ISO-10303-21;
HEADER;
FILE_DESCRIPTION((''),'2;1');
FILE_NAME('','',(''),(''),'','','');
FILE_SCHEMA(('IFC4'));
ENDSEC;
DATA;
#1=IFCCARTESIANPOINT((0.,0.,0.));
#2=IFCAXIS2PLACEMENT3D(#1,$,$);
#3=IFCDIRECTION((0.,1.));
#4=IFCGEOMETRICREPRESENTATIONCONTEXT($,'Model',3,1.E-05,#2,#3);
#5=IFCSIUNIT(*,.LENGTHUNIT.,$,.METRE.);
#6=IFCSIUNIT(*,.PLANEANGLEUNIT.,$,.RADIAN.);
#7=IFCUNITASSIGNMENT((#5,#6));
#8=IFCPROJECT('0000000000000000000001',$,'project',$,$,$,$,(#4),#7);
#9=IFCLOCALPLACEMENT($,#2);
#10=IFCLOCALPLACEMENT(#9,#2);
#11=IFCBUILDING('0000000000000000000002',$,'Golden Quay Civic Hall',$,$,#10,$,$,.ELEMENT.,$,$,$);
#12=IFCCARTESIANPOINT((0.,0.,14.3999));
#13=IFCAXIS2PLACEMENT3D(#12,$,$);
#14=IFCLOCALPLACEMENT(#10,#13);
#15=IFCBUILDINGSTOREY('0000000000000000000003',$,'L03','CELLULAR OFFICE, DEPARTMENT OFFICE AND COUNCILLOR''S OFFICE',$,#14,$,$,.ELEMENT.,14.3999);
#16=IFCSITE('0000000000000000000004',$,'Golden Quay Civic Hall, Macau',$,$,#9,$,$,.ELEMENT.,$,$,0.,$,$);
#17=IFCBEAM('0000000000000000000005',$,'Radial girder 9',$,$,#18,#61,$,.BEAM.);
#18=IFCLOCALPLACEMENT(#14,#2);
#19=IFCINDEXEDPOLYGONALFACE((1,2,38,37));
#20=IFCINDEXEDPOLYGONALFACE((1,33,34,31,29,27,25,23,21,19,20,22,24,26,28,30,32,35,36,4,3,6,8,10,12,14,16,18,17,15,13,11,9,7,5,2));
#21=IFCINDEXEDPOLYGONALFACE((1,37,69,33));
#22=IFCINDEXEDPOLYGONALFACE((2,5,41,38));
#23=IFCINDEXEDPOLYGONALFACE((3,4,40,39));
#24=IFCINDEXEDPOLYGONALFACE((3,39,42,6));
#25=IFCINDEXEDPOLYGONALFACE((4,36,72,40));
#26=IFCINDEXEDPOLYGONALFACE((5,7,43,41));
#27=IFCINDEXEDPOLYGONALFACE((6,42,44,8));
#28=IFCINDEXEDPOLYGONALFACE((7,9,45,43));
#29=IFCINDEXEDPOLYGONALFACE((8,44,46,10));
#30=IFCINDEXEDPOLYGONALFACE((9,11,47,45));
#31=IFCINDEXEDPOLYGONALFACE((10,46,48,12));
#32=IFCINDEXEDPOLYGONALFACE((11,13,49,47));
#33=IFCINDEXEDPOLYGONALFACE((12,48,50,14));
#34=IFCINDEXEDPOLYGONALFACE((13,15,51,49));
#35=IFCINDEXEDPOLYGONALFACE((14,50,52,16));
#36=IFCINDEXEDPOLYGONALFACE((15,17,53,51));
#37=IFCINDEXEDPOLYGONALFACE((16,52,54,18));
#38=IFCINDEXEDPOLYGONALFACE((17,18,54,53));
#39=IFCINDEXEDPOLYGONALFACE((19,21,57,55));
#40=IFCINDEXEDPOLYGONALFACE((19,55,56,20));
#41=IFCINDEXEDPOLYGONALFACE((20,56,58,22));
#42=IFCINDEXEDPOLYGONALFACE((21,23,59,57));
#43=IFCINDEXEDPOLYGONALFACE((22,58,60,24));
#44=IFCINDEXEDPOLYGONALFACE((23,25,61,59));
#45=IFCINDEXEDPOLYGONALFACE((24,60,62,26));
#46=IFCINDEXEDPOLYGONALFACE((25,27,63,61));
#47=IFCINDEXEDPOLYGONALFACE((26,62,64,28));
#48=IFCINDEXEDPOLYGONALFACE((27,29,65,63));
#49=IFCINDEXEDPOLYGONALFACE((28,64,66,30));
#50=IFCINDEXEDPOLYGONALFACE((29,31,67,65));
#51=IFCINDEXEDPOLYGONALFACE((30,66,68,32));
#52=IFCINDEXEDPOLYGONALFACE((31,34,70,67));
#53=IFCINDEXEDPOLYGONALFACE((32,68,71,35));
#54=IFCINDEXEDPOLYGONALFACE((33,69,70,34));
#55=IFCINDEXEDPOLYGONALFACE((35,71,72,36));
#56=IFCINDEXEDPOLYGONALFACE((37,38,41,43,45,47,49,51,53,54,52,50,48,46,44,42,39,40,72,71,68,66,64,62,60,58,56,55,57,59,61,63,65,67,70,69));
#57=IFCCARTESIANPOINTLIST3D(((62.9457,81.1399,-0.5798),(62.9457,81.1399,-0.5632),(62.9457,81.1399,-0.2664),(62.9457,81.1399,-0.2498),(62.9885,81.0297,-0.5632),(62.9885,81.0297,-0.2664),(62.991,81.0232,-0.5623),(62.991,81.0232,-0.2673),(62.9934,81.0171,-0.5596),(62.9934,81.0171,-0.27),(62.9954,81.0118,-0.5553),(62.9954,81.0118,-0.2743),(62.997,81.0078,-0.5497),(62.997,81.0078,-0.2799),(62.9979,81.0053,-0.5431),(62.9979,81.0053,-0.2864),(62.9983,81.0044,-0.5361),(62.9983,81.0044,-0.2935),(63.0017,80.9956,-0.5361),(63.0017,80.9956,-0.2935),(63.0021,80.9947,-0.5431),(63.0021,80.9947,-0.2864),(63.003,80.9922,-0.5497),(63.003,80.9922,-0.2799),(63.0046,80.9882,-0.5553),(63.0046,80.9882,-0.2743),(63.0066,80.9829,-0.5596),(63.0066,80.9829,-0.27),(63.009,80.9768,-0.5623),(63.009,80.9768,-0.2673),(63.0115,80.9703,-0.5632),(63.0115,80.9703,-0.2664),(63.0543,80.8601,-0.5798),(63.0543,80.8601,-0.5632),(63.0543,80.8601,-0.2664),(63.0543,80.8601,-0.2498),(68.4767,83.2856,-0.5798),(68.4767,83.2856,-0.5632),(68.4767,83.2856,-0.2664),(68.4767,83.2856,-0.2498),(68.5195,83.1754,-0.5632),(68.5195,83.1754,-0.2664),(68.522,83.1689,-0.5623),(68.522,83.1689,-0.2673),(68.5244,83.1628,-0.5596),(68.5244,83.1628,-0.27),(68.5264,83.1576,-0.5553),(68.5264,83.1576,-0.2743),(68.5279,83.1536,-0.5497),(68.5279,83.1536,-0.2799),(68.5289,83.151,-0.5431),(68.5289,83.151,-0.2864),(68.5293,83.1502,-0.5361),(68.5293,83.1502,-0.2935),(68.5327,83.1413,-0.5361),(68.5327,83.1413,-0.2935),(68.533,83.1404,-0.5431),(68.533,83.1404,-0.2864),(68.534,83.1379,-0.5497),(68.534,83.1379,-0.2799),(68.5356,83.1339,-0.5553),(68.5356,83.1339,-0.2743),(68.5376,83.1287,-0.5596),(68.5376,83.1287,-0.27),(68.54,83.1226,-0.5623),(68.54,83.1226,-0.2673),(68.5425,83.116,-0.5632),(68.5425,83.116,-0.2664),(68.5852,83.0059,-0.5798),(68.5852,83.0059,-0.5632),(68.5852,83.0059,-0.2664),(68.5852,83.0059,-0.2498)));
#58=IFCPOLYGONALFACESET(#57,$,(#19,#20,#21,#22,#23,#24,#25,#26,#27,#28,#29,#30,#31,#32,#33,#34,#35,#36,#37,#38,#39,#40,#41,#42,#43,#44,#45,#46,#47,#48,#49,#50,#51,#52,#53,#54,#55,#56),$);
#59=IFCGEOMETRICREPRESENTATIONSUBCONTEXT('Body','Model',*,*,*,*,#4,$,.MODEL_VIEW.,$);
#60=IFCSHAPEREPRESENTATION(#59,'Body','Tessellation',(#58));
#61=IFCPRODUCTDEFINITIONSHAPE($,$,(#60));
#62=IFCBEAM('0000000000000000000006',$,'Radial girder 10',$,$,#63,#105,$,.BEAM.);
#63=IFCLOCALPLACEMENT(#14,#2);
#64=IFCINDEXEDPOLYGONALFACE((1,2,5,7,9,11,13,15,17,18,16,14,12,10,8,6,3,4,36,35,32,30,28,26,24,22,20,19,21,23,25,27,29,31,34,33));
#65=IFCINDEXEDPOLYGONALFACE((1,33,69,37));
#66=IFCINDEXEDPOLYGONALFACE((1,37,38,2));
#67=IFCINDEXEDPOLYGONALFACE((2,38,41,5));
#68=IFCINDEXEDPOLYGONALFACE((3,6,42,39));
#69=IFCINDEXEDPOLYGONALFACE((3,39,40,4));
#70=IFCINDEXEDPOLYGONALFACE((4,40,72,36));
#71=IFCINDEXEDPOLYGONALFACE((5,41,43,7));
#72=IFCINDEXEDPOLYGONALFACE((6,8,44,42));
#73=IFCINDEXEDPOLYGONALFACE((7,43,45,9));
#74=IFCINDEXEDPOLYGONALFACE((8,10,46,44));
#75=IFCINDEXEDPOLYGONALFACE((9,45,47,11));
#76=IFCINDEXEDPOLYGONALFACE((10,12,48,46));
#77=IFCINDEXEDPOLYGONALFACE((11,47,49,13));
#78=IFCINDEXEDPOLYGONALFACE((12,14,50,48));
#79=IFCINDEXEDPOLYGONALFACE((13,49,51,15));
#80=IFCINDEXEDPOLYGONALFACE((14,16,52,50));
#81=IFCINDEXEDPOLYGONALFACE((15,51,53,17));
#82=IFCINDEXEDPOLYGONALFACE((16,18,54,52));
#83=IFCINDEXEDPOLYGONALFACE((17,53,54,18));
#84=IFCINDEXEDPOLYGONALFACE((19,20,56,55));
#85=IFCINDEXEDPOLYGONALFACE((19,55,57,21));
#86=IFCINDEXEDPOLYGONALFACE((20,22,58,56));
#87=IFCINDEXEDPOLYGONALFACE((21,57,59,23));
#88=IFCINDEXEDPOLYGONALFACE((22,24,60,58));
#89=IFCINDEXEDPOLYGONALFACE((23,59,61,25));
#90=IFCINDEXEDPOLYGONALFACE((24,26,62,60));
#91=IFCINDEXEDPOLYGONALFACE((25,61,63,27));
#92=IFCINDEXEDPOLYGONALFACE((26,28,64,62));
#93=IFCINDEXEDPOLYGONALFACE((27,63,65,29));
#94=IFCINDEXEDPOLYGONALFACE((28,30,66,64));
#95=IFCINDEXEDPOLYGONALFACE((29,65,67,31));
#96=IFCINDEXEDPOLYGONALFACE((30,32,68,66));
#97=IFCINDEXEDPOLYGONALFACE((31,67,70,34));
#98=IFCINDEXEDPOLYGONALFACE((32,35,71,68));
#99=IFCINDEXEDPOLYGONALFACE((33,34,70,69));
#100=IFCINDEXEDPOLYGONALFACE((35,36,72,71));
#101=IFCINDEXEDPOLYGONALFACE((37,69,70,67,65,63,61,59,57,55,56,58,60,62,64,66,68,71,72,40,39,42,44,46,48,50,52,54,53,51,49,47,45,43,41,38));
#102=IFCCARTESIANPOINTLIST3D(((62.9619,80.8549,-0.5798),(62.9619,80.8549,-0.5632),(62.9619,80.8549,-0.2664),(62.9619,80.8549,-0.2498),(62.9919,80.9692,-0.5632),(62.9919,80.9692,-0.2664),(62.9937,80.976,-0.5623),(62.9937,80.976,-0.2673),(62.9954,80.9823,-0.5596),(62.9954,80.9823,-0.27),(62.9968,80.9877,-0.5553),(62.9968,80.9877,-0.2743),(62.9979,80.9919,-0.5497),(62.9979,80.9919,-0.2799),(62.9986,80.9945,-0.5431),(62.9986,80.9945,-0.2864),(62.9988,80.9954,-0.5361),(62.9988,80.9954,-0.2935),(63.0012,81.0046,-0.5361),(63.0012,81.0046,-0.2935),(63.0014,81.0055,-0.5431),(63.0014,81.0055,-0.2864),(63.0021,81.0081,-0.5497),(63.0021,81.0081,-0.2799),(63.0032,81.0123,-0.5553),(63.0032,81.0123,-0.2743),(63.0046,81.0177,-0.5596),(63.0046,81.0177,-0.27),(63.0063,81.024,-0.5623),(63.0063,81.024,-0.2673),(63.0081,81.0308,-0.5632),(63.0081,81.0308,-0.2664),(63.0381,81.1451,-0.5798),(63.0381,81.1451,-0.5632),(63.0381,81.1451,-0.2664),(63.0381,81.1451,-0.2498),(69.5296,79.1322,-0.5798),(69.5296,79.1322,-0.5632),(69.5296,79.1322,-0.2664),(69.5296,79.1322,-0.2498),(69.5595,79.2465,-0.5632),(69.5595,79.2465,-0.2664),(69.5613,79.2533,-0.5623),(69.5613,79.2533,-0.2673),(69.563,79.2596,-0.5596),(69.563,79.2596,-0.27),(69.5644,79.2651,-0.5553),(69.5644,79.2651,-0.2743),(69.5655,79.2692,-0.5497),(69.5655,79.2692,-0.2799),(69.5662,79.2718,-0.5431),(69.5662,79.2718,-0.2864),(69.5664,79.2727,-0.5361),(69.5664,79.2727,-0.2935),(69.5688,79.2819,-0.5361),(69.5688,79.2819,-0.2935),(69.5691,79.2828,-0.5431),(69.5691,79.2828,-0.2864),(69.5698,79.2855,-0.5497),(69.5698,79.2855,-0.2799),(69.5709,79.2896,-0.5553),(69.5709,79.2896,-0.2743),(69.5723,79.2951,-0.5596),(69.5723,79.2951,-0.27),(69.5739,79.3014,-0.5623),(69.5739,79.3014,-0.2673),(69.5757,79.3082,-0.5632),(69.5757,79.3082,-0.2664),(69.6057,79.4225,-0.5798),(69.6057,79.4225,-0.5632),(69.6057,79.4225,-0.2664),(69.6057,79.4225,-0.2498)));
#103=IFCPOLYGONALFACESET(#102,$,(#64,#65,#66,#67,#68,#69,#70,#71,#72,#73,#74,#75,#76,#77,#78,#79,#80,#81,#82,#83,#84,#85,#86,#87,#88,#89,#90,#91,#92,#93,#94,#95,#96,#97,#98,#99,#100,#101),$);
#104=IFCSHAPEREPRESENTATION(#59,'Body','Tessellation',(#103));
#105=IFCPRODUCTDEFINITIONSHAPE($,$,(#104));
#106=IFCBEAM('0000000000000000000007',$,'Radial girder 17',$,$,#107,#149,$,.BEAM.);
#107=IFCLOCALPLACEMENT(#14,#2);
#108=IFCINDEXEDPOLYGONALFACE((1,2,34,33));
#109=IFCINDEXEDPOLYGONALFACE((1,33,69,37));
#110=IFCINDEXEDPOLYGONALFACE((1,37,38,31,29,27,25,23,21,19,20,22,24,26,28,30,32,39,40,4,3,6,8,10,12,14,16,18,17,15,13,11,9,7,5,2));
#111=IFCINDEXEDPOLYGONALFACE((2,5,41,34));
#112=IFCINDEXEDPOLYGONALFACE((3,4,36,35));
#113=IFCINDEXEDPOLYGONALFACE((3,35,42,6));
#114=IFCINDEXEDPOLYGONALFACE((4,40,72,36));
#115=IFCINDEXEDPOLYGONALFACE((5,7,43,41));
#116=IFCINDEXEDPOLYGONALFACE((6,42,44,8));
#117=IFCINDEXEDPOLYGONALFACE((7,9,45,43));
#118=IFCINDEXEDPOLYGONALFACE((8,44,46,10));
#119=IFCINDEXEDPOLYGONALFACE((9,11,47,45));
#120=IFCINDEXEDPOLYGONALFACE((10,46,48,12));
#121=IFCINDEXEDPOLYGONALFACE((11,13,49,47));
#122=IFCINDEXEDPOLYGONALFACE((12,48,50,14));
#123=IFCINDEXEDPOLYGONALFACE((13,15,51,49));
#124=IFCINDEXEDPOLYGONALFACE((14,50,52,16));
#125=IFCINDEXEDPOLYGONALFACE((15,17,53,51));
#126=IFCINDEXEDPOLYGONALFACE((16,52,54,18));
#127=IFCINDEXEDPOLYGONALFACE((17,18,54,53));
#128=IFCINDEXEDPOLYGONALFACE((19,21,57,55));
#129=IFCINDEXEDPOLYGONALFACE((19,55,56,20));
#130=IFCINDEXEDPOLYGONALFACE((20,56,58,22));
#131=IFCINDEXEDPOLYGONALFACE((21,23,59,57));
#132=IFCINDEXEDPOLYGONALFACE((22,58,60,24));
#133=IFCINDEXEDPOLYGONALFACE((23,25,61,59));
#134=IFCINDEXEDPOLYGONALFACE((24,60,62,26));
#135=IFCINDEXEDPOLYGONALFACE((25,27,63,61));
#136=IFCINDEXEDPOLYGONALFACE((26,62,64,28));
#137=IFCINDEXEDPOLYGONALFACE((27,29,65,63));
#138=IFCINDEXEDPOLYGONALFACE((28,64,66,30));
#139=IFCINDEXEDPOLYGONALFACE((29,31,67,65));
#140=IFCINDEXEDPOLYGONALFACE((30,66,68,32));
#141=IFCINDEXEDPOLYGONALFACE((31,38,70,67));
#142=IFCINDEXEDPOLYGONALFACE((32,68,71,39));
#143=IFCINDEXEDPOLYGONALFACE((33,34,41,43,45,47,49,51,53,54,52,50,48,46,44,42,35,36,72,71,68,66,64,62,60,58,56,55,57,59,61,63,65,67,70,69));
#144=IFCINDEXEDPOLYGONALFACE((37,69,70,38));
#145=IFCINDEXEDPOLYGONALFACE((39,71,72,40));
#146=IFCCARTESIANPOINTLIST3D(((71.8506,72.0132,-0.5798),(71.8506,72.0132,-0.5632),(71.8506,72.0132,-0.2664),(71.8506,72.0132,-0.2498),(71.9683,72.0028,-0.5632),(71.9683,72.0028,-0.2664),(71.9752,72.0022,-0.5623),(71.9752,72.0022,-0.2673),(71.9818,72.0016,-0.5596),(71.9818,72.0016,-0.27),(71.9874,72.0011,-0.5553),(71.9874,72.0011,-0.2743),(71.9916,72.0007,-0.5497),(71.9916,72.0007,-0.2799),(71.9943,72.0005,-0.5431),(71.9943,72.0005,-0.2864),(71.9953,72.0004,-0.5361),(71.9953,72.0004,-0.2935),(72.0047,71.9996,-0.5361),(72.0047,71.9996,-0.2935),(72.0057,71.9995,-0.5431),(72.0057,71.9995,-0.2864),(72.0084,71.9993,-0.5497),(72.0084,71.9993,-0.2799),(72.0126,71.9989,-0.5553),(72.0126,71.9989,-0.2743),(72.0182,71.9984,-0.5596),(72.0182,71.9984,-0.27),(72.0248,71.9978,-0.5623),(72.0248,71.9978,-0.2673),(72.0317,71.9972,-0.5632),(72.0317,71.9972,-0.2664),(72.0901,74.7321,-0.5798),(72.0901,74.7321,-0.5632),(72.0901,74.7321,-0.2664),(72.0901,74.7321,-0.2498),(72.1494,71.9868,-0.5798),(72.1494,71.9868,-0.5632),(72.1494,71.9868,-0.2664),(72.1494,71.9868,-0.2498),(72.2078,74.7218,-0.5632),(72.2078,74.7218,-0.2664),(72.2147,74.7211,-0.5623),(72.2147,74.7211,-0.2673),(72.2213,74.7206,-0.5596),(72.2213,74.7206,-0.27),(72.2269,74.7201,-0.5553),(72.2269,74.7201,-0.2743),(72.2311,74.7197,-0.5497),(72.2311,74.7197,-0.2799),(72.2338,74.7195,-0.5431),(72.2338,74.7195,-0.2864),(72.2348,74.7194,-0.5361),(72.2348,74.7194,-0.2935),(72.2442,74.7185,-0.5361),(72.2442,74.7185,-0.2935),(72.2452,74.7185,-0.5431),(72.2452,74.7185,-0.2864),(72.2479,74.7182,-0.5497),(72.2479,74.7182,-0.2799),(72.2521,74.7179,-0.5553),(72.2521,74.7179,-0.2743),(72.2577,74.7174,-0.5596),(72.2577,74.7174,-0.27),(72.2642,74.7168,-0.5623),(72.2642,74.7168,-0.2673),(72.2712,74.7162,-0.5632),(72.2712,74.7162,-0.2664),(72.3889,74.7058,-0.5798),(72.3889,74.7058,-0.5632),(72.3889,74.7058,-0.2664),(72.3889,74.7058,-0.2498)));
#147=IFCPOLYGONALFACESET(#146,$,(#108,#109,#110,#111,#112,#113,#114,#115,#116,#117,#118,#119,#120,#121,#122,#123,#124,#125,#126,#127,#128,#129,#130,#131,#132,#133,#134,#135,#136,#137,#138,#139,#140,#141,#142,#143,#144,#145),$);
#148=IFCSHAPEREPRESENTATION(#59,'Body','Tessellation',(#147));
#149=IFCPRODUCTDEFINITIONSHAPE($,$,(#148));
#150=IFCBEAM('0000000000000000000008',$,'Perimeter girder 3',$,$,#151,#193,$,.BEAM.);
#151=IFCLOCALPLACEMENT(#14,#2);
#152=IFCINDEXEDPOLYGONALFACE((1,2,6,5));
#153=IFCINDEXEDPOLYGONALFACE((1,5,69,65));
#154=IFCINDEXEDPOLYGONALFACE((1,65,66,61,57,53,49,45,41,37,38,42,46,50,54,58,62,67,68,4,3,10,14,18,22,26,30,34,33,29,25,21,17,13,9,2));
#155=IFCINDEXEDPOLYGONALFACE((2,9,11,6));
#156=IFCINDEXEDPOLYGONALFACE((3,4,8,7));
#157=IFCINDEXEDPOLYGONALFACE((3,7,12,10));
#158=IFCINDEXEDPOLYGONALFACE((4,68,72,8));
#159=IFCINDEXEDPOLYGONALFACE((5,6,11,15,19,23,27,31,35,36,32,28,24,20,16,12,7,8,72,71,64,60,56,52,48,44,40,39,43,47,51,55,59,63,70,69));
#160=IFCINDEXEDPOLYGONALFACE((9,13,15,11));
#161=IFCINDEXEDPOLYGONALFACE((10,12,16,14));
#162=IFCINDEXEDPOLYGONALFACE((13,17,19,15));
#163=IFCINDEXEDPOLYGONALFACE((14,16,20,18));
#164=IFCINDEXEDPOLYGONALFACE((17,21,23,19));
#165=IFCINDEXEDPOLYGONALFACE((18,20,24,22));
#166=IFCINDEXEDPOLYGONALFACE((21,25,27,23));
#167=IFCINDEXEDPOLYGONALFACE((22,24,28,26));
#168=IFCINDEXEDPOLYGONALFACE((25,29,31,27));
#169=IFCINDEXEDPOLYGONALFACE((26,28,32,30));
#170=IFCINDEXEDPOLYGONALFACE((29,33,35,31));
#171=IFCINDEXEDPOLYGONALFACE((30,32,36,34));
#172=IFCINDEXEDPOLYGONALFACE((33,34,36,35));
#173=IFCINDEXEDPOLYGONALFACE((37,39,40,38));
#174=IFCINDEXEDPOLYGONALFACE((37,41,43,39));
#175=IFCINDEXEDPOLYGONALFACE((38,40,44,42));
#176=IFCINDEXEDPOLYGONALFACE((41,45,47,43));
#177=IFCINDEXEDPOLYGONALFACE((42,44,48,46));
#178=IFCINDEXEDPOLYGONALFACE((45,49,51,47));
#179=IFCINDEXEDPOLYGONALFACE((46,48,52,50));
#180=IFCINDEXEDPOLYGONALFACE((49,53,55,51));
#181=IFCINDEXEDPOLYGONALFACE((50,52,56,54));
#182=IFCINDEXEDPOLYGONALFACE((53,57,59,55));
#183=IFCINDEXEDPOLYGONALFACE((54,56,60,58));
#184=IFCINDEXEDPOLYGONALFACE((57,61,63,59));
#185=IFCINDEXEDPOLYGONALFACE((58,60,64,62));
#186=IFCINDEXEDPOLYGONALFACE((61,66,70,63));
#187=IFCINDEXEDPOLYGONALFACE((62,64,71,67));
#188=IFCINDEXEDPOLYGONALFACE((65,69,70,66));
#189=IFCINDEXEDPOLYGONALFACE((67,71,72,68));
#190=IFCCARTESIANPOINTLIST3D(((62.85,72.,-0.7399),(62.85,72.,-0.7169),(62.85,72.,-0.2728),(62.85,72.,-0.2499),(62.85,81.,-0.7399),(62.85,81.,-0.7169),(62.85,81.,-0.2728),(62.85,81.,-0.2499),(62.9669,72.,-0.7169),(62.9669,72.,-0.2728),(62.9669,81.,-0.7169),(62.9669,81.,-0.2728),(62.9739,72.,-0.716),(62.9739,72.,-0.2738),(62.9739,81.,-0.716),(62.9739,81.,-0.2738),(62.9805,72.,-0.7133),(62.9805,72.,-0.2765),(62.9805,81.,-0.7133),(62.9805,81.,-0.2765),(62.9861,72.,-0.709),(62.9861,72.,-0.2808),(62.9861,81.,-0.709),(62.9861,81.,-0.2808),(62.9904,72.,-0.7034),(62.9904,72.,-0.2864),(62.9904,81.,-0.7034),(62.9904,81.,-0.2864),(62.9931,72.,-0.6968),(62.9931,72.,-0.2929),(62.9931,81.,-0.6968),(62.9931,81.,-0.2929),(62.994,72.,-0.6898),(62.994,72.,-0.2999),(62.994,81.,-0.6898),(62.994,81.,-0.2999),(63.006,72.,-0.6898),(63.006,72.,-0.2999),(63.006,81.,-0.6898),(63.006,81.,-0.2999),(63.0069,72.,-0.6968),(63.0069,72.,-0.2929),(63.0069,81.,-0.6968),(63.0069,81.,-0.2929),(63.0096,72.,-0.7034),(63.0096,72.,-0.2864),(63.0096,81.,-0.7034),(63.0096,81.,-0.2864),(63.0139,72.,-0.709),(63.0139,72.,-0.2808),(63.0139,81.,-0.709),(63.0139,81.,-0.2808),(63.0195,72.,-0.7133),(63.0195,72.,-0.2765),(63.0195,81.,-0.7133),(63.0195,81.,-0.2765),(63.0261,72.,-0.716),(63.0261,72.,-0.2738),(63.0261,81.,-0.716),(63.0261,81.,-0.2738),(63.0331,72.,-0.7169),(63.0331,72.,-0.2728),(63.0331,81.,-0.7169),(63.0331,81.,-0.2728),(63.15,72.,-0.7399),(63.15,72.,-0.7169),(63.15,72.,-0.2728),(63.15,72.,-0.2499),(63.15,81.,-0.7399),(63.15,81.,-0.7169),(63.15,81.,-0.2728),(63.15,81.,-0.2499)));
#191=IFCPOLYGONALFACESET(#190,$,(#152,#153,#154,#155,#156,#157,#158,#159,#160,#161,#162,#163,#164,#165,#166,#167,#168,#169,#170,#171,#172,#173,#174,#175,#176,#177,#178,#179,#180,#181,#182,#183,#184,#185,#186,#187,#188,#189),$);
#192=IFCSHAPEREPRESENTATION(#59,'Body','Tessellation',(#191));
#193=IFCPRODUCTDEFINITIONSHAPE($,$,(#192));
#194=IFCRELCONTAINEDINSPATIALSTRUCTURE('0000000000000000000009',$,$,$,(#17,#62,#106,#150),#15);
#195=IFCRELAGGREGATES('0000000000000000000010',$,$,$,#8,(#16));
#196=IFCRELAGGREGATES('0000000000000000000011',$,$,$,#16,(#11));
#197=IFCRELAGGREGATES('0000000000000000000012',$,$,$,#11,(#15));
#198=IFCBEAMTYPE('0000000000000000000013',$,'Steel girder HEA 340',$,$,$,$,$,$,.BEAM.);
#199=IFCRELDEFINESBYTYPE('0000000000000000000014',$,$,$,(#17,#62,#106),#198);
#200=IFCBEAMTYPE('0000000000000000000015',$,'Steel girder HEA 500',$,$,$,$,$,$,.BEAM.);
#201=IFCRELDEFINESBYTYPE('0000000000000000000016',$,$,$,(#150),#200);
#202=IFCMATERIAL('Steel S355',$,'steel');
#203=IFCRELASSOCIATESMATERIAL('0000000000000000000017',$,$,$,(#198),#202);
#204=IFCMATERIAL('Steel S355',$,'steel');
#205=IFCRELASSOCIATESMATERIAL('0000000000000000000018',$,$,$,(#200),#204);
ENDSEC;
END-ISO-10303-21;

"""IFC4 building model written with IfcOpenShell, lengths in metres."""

from ifc_helpers import new_model, si_unit, direction, frame, origin, origin_2d, place, context, subcontext, project, spatial, i_section, extrude, material, material_profile, profile_set, type_object, element, save


model = new_model("IFC4")

# Units and contexts
model_context = context("Model", 3, precision=1e-05, world=origin(), true_north=direction((0.0, 1.0)))
body_context = subcontext(model_context, "Body", "Model", "MODEL_VIEW")
ifc_project = project(units=[si_unit("LENGTHUNIT", "METRE"), si_unit("PLANEANGLEUNIT", "RADIAN")], contexts=[model_context])

# Site, building, storey
site_placement = place(None, origin())
site = spatial("IfcSite", under=ifc_project, at=site_placement, Name="Golden Quay Civic Hall, Macau", CompositionType="ELEMENT", RefElevation=0.0)
building_placement = place(site_placement, origin())
building = spatial("IfcBuilding", under=site, at=building_placement, Name="Golden Quay Civic Hall", CompositionType="ELEMENT")
storey_placement = place(building_placement, frame((0.0, 0.0, 14.3999)))
storey = spatial("IfcBuildingStorey", under=building, at=storey_placement, Name="L03", Description="CELLULAR OFFICE, DEPARTMENT OFFICE AND COUNCILLOR'S OFFICE", CompositionType="ELEMENT", Elevation=14.3999)

# Beams
ifc_material_1 = material(Name="Steel S355", Category="steel")
ifc_material_profile_1 = material_profile(ifc_material_1, i_section(OverallWidth=0.3, OverallDepth=0.3301, WebThickness=0.0095, FlangeThickness=0.0166, FilletRadius=0.0271, at=origin_2d()), Name="HEA 340")
ifc_profile_set_1 = profile_set([ifc_material_profile_1], Name="Steel S355")
beam_type_1 = type_object("IfcBeamType", Name="Steel girder HEA 340", PredefinedType="BEAM", material=ifc_profile_set_1)
beam_1_placement = place(storey_placement, frame((63.0, 81.0, -0.4148), z_axis=(0.9323, 0.361686, 0.0), x_axis=(-0.361686, 0.9323, 0.0)))
element("IfcBeam", 1, at=beam_1_placement, inside=storey, type_object=beam_type_1, Name="Radial girder 9", PredefinedType="BEAM", context=body_context, shape_type="SweptSolid", body=[
    extrude(i_section(OverallWidth=0.3, OverallDepth=0.3301, WebThickness=0.0095, FlangeThickness=0.0166, FilletRadius=0.0271, at=origin_2d()), origin(), (0.0, 0.0, 1.0), 5.9326),
])
beam_2_placement = place(storey_placement, frame((63.0, 81.0, -0.4148), z_axis=(0.96728, -0.253713, 0.0), x_axis=(0.253713, 0.96728, 0.0)))
element("IfcBeam", 2, at=beam_2_placement, inside=storey, type_object=beam_type_1, Name="Radial girder 10", PredefinedType="BEAM", context=body_context, shape_type="SweptSolid", body=[
    extrude(i_section(OverallWidth=0.3, OverallDepth=0.3301, WebThickness=0.0095, FlangeThickness=0.0166, FilletRadius=0.0271, at=origin_2d()), origin(), (0.0, 0.0, 1.0), 6.7898),
])
beam_3_placement = place(storey_placement, frame((72.0, 72.0, -0.4148), z_axis=(0.087745, 0.996143, 0.0), x_axis=(-0.996143, 0.087745, 0.0)))
element("IfcBeam", 3, at=beam_3_placement, inside=storey, type_object=beam_type_1, Name="Radial girder 17", PredefinedType="BEAM", context=body_context, shape_type="SweptSolid", body=[
    extrude(i_section(OverallWidth=0.3, OverallDepth=0.3301, WebThickness=0.0095, FlangeThickness=0.0166, FilletRadius=0.0271, at=origin_2d()), origin(), (0.0, 0.0, 1.0), 2.7295),
])
ifc_material_2 = material(Name="Steel S355", Category="steel")
ifc_material_profile_2 = material_profile(ifc_material_2, i_section(OverallWidth=0.3, OverallDepth=0.49, WebThickness=0.012, FlangeThickness=0.0229, FilletRadius=0.0271, at=origin_2d()), Name="HEA 500")
ifc_profile_set_2 = profile_set([ifc_material_profile_2], Name="Steel S355")
beam_type_2 = type_object("IfcBeamType", Name="Steel girder HEA 500", PredefinedType="BEAM", material=ifc_profile_set_2)
for number, where, z_axis, x_axis, name in (
    (4, (63.0, 72.0, -0.4949), (0.0, 1.0, 0.0), (-1.0, 0.0, 0.0), "Perimeter girder 3"),
):
    element("IfcBeam", number, at=place(storey_placement, frame(where, z_axis=z_axis, x_axis=x_axis)), inside=storey, type_object=beam_type_2, Name=name, PredefinedType="BEAM", context=body_context, shape_type="SweptSolid", body=[
        extrude(i_section(OverallWidth=0.3, OverallDepth=0.49, WebThickness=0.012, FlangeThickness=0.0229, FilletRadius=0.0271, at=origin_2d()), origin(), (0.0, 0.0, 1.0), 9.0),
    ])

save(model, "model.ifc")
